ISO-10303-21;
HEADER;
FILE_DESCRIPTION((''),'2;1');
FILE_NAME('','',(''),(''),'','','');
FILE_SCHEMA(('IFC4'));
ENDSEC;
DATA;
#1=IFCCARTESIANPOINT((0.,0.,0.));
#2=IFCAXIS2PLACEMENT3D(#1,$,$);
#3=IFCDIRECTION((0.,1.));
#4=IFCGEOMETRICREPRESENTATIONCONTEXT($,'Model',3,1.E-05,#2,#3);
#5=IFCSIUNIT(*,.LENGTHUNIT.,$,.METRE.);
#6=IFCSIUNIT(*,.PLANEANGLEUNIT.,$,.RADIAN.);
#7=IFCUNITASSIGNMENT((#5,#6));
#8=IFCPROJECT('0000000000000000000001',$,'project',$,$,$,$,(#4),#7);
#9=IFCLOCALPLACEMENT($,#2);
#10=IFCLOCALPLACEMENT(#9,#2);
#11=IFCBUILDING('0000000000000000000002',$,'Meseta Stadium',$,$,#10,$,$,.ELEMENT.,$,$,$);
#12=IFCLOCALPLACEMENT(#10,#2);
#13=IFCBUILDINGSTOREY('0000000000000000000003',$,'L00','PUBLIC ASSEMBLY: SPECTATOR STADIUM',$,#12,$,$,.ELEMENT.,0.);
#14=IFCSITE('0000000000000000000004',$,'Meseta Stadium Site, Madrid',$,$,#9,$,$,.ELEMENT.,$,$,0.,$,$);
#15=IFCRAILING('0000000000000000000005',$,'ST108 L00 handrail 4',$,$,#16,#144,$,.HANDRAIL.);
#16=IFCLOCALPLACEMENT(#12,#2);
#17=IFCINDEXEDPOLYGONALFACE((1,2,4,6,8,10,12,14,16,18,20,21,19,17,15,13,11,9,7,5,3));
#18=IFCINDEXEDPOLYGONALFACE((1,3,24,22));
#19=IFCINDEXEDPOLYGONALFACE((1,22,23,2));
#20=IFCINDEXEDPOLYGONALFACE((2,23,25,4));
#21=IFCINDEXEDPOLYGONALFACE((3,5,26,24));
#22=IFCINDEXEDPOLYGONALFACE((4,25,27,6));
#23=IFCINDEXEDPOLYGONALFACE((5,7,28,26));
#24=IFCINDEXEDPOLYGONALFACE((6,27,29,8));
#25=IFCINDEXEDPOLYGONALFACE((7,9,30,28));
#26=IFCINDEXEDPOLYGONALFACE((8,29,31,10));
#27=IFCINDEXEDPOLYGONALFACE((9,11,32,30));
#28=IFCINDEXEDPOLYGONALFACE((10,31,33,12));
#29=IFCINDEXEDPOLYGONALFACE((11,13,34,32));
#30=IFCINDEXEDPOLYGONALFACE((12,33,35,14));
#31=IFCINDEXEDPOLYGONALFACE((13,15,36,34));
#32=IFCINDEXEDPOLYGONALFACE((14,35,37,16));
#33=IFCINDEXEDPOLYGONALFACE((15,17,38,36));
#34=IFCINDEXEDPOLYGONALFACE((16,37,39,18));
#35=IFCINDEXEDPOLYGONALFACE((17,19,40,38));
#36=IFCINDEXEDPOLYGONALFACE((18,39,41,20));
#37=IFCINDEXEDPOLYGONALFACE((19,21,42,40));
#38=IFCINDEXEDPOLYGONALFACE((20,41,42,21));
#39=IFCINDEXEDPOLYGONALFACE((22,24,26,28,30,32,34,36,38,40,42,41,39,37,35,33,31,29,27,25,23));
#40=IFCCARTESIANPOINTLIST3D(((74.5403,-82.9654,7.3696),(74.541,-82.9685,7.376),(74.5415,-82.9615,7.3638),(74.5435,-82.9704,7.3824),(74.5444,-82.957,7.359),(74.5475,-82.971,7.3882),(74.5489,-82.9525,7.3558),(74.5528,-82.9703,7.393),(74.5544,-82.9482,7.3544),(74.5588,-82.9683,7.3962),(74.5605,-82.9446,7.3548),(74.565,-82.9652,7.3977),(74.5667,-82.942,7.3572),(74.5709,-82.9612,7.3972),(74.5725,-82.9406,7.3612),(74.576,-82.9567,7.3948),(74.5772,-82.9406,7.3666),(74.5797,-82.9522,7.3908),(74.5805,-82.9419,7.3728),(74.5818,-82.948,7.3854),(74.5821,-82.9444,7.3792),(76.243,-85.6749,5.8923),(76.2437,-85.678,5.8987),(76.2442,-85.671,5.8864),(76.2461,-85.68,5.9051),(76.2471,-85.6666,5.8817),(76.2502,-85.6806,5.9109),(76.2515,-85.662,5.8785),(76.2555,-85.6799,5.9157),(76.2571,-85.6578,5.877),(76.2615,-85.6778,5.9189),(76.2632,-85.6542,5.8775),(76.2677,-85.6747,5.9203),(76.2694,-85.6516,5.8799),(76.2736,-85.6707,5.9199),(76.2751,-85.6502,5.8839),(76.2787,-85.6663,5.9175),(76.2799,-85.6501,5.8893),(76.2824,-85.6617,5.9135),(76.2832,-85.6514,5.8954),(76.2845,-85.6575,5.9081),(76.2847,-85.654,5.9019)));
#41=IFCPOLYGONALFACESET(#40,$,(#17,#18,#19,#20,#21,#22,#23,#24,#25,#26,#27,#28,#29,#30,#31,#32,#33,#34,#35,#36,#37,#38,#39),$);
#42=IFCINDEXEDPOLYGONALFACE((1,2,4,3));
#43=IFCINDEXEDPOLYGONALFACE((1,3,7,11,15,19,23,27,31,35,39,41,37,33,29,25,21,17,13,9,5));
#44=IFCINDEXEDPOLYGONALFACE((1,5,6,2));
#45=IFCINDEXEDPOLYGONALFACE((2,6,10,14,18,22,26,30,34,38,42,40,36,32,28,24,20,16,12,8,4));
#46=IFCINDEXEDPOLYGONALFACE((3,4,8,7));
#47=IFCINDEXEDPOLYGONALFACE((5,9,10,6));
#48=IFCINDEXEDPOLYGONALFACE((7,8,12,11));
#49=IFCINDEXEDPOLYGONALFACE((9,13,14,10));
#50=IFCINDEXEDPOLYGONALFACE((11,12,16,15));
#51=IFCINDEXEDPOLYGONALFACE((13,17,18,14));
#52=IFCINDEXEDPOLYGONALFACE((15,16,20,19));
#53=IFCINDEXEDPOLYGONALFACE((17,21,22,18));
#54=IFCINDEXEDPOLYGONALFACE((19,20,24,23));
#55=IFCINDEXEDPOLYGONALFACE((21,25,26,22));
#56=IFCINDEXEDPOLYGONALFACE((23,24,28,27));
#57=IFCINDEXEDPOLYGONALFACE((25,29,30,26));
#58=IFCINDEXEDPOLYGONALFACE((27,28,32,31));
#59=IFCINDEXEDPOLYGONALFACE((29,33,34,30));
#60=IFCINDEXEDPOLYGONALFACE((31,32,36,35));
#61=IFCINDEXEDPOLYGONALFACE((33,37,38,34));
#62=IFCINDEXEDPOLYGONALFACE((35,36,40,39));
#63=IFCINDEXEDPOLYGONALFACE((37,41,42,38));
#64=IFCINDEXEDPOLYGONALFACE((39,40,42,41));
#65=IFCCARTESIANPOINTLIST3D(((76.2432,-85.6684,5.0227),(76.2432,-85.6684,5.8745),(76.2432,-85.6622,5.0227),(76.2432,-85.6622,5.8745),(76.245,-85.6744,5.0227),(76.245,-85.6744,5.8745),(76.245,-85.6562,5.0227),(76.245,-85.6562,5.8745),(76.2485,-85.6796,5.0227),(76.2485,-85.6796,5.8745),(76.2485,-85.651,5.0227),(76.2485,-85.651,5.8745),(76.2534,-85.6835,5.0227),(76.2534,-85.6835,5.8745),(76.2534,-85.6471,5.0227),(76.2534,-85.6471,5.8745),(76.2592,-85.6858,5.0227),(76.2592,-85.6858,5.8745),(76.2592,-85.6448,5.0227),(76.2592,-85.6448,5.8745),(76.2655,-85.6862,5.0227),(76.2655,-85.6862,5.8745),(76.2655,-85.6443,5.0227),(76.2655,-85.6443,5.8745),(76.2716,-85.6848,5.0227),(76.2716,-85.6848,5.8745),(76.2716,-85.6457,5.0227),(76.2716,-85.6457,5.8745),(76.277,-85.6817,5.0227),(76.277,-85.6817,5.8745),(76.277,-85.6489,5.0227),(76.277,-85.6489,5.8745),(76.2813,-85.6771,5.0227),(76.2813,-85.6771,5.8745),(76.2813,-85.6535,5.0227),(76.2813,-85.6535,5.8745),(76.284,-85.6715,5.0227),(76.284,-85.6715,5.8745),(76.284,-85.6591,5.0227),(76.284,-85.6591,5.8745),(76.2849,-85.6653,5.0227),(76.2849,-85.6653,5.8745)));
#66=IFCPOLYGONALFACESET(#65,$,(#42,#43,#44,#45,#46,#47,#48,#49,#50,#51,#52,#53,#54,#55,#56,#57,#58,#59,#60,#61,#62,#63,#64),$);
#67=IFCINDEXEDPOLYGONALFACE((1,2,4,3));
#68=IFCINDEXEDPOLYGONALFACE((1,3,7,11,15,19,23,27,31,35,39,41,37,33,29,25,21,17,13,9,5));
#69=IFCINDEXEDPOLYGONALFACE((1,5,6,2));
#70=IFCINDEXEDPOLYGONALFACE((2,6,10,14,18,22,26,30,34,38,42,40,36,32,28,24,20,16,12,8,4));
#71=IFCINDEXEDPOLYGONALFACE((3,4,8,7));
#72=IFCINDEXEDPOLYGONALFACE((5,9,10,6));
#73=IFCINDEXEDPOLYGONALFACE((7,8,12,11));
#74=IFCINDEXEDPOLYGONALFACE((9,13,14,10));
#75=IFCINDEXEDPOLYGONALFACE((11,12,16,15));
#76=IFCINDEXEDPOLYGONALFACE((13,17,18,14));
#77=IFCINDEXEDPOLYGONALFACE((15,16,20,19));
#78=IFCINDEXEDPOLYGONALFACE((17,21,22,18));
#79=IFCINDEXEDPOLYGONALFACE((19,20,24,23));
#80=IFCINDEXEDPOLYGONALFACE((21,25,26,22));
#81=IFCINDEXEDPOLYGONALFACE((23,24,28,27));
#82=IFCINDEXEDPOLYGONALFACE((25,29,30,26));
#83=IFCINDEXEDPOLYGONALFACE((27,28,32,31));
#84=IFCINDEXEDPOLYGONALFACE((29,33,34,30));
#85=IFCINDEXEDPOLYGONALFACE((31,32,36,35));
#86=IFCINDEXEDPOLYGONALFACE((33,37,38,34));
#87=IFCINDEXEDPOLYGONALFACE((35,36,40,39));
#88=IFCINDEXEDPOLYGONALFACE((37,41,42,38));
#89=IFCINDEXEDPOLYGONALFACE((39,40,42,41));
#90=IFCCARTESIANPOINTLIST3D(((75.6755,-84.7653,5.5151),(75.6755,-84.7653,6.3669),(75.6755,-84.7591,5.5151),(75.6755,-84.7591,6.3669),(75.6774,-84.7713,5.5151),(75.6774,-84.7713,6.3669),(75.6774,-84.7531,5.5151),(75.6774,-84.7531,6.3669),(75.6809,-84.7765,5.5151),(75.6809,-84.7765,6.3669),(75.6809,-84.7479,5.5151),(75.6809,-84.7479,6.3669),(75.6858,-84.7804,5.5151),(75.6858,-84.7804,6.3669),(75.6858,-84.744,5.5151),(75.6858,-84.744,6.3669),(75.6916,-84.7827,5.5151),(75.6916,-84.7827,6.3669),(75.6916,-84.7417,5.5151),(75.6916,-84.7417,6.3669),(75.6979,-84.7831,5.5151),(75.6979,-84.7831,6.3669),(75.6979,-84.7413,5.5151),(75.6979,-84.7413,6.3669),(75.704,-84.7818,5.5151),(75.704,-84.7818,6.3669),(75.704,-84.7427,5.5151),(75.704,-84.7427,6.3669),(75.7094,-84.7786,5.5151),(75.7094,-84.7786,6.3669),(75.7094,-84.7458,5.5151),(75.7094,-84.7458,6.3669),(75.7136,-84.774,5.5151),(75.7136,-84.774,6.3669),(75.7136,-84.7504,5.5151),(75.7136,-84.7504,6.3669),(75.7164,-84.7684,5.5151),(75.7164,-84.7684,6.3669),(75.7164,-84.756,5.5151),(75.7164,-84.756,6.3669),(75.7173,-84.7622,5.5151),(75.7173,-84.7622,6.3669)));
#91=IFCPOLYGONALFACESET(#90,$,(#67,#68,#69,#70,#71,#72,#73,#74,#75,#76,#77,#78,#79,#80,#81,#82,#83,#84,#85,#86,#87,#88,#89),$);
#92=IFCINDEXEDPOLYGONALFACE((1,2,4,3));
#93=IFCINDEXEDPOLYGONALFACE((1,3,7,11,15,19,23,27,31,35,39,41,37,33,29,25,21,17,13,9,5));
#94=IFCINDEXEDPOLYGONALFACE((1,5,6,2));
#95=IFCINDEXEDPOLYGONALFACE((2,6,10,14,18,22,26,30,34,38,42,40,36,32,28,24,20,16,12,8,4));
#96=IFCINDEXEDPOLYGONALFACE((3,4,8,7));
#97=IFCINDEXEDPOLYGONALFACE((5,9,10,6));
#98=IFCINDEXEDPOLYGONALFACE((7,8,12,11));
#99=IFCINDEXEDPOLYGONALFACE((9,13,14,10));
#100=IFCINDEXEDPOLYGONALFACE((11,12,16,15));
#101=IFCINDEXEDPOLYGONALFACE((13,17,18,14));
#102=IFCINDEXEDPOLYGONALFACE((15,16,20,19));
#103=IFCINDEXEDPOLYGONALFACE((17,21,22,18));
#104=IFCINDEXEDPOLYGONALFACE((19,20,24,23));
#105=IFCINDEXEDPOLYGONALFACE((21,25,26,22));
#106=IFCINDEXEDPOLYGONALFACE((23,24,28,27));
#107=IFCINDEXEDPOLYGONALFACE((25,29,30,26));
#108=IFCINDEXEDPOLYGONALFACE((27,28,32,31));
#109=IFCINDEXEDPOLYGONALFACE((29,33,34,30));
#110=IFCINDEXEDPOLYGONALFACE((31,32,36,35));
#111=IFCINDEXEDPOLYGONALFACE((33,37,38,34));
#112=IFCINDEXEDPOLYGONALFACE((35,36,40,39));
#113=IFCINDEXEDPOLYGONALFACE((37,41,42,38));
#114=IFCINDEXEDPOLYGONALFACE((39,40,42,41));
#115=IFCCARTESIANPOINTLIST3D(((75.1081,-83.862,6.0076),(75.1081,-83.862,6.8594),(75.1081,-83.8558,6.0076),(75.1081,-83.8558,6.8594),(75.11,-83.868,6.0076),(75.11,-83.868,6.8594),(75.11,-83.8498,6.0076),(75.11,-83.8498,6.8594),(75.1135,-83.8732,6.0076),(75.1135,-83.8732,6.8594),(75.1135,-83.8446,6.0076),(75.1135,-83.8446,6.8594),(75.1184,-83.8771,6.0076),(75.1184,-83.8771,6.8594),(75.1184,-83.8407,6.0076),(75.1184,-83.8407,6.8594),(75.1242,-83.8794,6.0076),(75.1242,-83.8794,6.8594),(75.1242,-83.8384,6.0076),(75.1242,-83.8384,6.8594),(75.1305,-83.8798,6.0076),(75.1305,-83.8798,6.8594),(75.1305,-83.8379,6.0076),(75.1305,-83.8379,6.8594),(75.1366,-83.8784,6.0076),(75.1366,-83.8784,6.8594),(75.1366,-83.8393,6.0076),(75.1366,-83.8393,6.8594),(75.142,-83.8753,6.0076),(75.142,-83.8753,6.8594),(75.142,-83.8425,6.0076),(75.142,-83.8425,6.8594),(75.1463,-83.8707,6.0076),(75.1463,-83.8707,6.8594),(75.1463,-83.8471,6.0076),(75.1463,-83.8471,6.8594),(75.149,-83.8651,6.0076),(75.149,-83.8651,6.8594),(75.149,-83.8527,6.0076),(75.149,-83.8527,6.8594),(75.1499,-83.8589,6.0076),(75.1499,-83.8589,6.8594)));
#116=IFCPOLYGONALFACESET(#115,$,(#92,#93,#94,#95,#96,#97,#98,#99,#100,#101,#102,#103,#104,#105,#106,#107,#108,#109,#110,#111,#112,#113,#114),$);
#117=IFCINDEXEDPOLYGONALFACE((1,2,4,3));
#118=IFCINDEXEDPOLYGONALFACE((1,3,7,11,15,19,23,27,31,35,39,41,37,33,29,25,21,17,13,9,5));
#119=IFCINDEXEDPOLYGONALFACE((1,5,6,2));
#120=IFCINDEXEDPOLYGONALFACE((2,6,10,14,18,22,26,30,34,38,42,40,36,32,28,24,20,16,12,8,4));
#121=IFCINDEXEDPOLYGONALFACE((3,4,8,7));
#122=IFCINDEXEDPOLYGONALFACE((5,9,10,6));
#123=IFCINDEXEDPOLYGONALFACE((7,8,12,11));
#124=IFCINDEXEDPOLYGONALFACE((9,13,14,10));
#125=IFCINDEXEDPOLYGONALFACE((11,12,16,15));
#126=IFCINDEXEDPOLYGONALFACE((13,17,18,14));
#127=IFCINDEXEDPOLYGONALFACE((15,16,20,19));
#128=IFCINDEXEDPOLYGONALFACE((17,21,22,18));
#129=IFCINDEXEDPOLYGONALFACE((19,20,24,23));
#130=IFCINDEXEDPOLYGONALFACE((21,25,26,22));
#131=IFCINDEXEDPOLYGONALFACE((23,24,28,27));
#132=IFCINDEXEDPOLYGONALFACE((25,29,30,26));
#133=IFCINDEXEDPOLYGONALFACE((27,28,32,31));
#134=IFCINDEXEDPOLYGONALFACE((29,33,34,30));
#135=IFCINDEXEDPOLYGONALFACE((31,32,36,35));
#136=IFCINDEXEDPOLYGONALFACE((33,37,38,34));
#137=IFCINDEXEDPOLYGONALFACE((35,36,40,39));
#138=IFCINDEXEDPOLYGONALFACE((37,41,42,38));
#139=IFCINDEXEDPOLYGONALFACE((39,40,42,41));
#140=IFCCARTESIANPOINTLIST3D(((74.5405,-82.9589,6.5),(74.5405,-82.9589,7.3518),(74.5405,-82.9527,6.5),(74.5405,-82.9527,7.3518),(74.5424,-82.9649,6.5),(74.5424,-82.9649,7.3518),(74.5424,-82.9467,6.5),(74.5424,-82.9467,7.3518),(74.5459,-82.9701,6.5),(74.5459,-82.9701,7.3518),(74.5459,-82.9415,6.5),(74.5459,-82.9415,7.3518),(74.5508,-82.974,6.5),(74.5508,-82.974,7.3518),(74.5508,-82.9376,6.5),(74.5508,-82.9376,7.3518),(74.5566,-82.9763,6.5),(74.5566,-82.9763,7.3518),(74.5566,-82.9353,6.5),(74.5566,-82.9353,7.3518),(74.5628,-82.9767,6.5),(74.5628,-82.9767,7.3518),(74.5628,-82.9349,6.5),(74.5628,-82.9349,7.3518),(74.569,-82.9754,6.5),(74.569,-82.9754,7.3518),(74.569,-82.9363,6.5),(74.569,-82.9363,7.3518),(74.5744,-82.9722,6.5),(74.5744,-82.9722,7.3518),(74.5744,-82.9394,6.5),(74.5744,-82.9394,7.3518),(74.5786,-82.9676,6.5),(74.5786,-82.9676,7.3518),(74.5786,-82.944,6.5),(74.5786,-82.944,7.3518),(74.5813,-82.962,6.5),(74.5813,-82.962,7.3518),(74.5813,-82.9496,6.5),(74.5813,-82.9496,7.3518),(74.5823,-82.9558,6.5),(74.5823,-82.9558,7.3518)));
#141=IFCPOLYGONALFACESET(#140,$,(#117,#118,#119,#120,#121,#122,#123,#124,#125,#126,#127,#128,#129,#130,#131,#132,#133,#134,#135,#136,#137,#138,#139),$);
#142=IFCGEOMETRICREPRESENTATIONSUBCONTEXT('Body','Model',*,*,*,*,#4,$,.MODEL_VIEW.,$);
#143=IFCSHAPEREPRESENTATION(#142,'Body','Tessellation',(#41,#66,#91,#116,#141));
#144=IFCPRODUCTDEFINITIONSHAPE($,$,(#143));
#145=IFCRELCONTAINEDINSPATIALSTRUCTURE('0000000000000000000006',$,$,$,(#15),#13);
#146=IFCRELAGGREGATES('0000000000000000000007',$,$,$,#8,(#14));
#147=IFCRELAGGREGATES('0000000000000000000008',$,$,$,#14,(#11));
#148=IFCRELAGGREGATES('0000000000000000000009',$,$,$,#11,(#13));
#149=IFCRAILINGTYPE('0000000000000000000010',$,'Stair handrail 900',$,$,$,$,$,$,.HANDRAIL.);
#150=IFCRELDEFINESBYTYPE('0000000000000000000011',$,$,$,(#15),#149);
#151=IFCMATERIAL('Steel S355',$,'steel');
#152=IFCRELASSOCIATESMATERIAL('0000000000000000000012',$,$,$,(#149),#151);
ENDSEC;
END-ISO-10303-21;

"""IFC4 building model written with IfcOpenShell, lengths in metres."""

from ifc_helpers import new_model, si_unit, direction, frame, origin, origin_2d, place, context, subcontext, project, spatial, circle, extrude, material, type_object, element, save


model = new_model("IFC4")

# Units and contexts
model_context = context("Model", 3, precision=1e-05, world=origin(), true_north=direction((0.0, 1.0)))
body_context = subcontext(model_context, "Body", "Model", "MODEL_VIEW")
ifc_project = project(units=[si_unit("LENGTHUNIT", "METRE"), si_unit("PLANEANGLEUNIT", "RADIAN")], contexts=[model_context])

# Site, building, storey
site_placement = place(None, origin())
site = spatial("IfcSite", under=ifc_project, at=site_placement, Name="Meseta Stadium Site, Madrid", CompositionType="ELEMENT", RefElevation=0.0)
building_placement = place(site_placement, origin())
building = spatial("IfcBuilding", under=site, at=building_placement, Name="Meseta Stadium", CompositionType="ELEMENT")
storey_placement = place(building_placement, origin())
storey = spatial("IfcBuildingStorey", under=building, at=storey_placement, Name="L00", Description="PUBLIC ASSEMBLY: SPECTATOR STADIUM", CompositionType="ELEMENT", Elevation=0.0)

# Railing
ifc_material_1 = material(Name="Steel S355", Category="steel")
railing_type = type_object("IfcRailingType", Name="Stair handrail 900", PredefinedType="HANDRAIL", material=ifc_material_1)
for number, where, name in (
    (1, (76.2639, -85.6653, 5.0227), "ST108 L00 handrail 4"),
):
    element("IfcRailing", number, at=place(storey_placement, frame(where)), inside=storey, type_object=railing_type, Name=name, PredefinedType="HANDRAIL", context=body_context, shape_type="SweptSolid", body=[
        extrude(circle(Radius=0.0239, at=origin_2d()), frame((0.0, 0.0, 0.876), z_axis=(-0.483076, 0.768738, 0.419142), x_axis=(-0.846701, -0.532068, 0.0)), (0.0, 0.0, 1.0), 3.5247),
        extrude(circle(Radius=0.021, at=origin_2d()), origin(), (0.0, 0.0, 1.0), 0.8518),
        extrude(circle(Radius=0.021, at=origin_2d()), frame((-0.5676, 0.9031, 0.4924)), (0.0, 0.0, 1.0), 0.8518),
        extrude(circle(Radius=0.021, at=origin_2d()), frame((-1.135, 1.8064, 0.9849)), (0.0, 0.0, 1.0), 0.8518),
        extrude(circle(Radius=0.021, at=origin_2d()), frame((-1.7026, 2.7095, 1.4773)), (0.0, 0.0, 1.0), 0.8518),
    ])

save(model, "model.ifc")
